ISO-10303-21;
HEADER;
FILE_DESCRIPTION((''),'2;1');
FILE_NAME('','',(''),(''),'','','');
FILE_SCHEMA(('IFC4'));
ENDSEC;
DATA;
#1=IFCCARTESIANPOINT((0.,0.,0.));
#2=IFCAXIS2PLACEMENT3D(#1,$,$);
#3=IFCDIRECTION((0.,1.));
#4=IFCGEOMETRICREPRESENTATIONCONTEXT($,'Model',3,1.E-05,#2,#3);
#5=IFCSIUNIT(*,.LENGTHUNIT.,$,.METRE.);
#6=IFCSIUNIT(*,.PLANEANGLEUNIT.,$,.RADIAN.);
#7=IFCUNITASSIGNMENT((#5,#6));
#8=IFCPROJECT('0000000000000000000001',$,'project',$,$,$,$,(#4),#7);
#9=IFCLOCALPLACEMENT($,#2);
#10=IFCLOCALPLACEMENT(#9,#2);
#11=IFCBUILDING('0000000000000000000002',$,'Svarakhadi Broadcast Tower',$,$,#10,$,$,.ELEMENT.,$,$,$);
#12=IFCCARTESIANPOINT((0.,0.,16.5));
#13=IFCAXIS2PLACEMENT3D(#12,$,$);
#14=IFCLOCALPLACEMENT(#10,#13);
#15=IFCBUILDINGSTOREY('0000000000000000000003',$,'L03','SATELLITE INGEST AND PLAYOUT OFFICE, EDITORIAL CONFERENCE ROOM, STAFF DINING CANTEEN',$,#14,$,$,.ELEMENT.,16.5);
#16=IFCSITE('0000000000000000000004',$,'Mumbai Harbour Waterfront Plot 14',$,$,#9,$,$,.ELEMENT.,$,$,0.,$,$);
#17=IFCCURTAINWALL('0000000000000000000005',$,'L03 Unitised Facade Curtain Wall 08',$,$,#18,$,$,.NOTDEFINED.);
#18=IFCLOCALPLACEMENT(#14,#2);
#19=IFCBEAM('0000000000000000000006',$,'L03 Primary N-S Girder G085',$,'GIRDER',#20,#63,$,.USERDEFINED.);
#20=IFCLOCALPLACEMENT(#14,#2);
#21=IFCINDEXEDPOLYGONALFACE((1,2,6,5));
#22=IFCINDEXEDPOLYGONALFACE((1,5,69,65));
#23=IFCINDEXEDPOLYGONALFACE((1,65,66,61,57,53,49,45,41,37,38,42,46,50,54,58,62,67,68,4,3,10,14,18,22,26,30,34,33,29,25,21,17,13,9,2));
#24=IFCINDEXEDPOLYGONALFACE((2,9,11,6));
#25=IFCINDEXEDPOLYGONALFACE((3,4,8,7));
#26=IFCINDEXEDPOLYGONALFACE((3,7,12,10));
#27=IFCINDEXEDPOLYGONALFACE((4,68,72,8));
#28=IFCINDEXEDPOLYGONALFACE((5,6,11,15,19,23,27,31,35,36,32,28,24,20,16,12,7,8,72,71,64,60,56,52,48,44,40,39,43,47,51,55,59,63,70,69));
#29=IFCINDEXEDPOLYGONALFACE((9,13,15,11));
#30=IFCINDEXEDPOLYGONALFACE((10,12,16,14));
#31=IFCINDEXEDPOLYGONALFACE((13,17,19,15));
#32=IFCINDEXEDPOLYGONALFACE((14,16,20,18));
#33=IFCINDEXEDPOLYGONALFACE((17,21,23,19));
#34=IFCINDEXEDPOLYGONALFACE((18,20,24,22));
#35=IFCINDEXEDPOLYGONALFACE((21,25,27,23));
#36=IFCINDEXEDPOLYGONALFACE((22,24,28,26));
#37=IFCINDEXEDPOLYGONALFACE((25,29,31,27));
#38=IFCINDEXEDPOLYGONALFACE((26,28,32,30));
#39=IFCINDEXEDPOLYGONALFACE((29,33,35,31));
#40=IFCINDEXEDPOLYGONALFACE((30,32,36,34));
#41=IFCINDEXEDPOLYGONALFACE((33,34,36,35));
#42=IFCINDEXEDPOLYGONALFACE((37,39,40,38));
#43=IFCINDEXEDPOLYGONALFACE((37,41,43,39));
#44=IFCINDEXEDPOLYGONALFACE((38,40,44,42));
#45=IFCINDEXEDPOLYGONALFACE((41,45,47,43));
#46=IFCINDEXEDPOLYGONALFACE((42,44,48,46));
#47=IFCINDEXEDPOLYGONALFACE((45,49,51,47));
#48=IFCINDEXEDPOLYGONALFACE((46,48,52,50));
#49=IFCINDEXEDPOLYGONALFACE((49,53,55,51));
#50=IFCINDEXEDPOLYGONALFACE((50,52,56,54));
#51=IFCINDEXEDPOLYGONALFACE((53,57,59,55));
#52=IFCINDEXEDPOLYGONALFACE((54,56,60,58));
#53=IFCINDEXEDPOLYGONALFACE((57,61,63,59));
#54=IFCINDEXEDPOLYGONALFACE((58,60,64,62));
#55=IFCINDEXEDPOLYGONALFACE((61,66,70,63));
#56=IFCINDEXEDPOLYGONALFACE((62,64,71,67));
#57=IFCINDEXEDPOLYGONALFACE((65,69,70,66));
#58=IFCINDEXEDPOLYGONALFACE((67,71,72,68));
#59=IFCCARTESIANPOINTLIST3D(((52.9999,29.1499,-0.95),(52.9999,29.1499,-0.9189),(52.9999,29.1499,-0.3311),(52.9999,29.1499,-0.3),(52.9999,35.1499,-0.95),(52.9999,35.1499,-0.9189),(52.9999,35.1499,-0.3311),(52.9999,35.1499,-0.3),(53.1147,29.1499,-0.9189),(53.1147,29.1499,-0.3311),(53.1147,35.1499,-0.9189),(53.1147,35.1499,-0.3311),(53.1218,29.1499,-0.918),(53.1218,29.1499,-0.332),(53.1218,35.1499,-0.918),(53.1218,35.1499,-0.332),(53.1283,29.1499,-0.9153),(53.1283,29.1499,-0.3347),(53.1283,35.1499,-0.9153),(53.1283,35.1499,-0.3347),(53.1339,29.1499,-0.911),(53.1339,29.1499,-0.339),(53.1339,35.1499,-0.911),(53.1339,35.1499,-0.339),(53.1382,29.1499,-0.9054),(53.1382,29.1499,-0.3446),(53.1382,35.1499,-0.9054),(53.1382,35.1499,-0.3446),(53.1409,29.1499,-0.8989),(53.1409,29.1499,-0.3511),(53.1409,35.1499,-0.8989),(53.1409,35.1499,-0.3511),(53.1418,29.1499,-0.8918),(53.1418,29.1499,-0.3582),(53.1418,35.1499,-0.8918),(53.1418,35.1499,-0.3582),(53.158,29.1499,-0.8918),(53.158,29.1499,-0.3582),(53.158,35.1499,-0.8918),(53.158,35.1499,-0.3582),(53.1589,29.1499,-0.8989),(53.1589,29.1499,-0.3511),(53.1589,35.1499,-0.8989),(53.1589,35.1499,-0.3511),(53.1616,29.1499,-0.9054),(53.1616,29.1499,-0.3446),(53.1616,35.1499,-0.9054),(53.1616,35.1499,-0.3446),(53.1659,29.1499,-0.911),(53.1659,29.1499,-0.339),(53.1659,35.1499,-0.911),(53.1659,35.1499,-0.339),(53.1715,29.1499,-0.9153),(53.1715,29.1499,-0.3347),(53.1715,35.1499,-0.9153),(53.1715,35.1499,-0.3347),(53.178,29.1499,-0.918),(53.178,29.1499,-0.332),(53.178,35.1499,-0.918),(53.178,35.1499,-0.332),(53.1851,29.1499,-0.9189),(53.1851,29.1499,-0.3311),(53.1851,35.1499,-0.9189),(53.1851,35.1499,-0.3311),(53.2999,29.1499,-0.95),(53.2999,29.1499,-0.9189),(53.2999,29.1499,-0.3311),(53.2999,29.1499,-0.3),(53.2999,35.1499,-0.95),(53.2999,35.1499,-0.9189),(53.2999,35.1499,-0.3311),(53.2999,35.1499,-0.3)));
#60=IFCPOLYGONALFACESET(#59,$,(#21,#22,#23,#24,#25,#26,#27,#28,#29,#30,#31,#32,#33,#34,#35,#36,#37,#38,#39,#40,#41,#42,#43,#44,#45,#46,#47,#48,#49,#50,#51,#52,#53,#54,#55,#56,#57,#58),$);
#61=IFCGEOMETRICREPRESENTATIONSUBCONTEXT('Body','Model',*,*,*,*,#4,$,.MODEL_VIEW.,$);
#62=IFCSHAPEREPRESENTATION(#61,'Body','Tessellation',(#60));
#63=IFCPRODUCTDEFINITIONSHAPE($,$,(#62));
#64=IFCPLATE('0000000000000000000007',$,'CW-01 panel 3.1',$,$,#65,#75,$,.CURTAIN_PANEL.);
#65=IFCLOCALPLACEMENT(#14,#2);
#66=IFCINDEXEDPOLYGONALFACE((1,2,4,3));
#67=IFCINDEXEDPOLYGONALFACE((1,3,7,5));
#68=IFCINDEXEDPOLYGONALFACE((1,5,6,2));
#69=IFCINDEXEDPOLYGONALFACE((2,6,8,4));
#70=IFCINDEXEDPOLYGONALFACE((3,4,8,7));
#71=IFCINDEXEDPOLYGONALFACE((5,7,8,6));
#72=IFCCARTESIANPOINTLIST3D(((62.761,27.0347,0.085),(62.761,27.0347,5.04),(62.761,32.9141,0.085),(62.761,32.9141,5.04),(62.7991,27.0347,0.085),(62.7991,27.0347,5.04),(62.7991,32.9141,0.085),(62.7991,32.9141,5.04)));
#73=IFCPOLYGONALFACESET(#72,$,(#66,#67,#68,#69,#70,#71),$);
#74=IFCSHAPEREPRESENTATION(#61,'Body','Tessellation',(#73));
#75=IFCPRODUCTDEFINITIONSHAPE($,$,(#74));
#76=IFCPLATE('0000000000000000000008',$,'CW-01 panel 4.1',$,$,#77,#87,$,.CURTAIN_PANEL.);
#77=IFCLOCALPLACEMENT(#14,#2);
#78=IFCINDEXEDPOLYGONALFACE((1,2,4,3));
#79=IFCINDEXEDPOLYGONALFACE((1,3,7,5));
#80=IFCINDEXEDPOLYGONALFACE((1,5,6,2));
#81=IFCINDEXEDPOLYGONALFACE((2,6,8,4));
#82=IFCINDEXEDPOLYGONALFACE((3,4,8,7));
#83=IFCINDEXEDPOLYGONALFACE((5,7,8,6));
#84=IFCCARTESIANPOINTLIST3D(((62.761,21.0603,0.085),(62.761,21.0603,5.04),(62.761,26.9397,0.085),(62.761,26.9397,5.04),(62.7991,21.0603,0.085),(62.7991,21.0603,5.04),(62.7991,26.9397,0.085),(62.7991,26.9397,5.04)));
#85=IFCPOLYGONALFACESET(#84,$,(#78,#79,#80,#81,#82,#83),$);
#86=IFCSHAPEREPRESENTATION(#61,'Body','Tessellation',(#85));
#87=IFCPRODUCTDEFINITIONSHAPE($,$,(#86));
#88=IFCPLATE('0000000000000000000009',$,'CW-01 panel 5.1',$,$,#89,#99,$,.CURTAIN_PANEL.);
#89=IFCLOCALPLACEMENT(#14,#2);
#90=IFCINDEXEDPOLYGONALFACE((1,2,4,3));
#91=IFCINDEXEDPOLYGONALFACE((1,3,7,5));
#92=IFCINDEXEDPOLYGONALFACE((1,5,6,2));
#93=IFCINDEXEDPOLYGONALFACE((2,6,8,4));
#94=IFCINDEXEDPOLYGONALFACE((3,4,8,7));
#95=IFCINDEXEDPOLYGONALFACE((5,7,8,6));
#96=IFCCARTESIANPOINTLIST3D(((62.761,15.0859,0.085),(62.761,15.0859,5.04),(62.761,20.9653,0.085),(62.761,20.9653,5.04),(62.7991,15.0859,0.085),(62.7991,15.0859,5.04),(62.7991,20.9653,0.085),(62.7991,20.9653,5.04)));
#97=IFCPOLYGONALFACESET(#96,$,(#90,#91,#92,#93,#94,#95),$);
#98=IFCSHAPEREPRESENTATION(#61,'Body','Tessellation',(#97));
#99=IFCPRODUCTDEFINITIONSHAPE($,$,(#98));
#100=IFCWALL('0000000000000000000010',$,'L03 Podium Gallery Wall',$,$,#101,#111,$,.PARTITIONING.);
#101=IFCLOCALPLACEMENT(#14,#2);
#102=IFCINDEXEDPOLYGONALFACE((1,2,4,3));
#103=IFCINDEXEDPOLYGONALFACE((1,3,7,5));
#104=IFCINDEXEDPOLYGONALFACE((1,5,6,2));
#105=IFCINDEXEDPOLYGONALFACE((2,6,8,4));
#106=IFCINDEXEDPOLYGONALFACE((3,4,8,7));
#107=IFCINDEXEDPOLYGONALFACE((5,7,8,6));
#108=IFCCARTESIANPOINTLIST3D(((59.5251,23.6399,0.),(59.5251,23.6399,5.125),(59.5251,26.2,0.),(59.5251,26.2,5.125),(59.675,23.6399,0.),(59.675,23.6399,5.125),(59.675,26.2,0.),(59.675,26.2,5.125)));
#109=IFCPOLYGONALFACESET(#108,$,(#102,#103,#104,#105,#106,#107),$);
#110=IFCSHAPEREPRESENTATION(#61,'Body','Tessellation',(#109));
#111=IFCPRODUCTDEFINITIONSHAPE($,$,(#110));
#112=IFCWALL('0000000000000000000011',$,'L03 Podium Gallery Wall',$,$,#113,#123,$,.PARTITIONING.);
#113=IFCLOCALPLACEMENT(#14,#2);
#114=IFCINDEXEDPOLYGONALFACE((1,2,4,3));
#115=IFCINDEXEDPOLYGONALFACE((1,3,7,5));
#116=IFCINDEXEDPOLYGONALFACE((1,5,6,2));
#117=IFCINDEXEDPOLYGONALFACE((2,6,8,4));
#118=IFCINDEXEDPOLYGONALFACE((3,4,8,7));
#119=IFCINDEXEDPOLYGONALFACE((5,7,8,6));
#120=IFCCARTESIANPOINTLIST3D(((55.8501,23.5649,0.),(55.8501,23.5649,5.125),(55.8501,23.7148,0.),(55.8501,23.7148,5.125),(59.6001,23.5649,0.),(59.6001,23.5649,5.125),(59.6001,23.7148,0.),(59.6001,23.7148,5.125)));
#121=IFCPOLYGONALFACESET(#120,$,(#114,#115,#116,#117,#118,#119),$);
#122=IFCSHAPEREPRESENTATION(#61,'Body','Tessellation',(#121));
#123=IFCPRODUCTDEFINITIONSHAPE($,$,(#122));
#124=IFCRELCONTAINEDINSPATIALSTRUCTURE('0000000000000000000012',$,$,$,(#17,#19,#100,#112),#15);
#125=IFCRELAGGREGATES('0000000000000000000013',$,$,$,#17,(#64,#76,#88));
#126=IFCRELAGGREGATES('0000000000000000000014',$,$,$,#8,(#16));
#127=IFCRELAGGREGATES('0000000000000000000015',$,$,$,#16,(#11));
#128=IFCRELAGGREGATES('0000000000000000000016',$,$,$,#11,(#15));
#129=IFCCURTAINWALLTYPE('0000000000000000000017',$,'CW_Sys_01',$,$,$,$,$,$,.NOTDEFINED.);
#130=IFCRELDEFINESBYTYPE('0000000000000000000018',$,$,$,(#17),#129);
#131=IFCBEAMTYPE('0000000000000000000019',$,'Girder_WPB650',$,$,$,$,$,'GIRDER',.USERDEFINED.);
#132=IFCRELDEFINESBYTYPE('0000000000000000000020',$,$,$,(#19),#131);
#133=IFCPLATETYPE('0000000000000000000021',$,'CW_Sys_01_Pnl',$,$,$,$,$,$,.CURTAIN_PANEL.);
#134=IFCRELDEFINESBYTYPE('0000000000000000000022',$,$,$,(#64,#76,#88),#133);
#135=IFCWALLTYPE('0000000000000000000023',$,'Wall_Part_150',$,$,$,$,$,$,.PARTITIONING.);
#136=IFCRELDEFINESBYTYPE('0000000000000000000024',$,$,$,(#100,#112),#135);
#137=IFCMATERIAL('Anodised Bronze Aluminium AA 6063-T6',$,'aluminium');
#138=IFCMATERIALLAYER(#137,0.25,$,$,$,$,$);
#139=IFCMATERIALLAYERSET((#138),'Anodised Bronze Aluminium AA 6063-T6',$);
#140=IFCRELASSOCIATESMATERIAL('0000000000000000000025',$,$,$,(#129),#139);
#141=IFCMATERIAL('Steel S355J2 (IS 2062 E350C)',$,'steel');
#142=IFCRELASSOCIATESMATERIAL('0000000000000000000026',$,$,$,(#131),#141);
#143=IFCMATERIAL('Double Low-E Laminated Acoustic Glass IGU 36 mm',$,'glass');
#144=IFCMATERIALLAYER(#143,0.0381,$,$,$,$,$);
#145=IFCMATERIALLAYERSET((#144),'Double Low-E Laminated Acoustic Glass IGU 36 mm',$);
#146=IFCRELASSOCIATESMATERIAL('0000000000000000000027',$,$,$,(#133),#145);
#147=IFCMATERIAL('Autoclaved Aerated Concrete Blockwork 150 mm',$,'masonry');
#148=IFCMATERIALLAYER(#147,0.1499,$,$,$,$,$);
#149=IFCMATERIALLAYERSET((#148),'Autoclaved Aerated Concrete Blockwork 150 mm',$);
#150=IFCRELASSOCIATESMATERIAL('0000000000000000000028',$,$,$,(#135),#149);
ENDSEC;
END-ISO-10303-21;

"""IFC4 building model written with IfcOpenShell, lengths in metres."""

from ifc_helpers import new_model, si_unit, direction, frame, frame_2d, origin, origin_2d, place, context, subcontext, project, spatial, rectangle, i_section, extrude, material, layer, layer_set, material_profile, profile_set, type_object, element, aggregate, save


model = new_model("IFC4")

# Units and contexts
model_context = context("Model", 3, precision=1e-05, world=origin(), true_north=direction((0.0, 1.0)))
body_context = subcontext(model_context, "Body", "Model", "MODEL_VIEW")
ifc_project = project(units=[si_unit("LENGTHUNIT", "METRE"), si_unit("PLANEANGLEUNIT", "RADIAN")], contexts=[model_context])

# Site, building, storey
site_placement = place(None, origin())
site = spatial("IfcSite", under=ifc_project, at=site_placement, Name="Mumbai Harbour Waterfront Plot 14", CompositionType="ELEMENT", RefElevation=0.0)
building_placement = place(site_placement, origin())
building = spatial("IfcBuilding", under=site, at=building_placement, Name="Svarakhadi Broadcast Tower", CompositionType="ELEMENT")
storey_placement = place(building_placement, frame((0.0, 0.0, 16.5)))
storey = spatial("IfcBuildingStorey", under=building, at=storey_placement, Name="L03", Description="SATELLITE INGEST AND PLAYOUT OFFICE, EDITORIAL CONFERENCE ROOM, STAFF DINING CANTEEN", CompositionType="ELEMENT", Elevation=16.5)

# Shared definitions
ifc_material_1 = material(Name="Steel S355J2 (IS 2062 E350C)", Category="steel")

# Curtain wall
ifc_material_2 = material(Name="Anodised Bronze Aluminium AA 6063-T6", Category="aluminium")
ifc_layer_1 = layer(ifc_material_2, 0.25)
ifc_layer_set_1 = layer_set([ifc_layer_1], Name="Anodised Bronze Aluminium AA 6063-T6")
curtain_wall_type = type_object("IfcCurtainWallType", Name="CW_Sys_01", PredefinedType="NOTDEFINED", material=ifc_layer_set_1)
curtain_wall_placement = place(storey_placement, origin())
curtain_wall = element("IfcCurtainWall", 1, at=curtain_wall_placement, inside=storey, type_object=curtain_wall_type, Name="L03 Unitised Facade Curtain Wall 08", PredefinedType="NOTDEFINED")

# Beam
ifc_material_profile_1 = material_profile(ifc_material_1, i_section(OverallWidth=0.3, OverallDepth=0.6499, WebThickness=0.0161, FlangeThickness=0.031, FilletRadius=0.0271, at=origin_2d()), Name="WPB 650x300x225")
ifc_profile_set_1 = profile_set([ifc_material_profile_1], Name="Steel S355J2 (IS 2062 E350C)")
beam_type_1 = type_object("IfcBeamType", Name="Girder_WPB650", ElementType="GIRDER", PredefinedType="USERDEFINED", material=ifc_profile_set_1)
for number, where, z_axis, x_axis, name in (
    (2, (53.1499, 29.1499, -0.625), (0.0, 1.0, 0.0), (-1.0, 0.0, 0.0), "L03 Primary N-S Girder G085"),
):
    element("IfcBeam", number, at=place(storey_placement, frame(where, z_axis=z_axis, x_axis=x_axis)), inside=storey, type_object=beam_type_1, Name=name, ObjectType="GIRDER", PredefinedType="USERDEFINED", context=body_context, shape_type="SweptSolid", body=[
        extrude(i_section(OverallWidth=0.3, OverallDepth=0.6499, WebThickness=0.0161, FlangeThickness=0.031, FilletRadius=0.0271, at=origin_2d()), origin(), (0.0, 0.0, 1.0), 6.0),
    ])

# Plates
ifc_material_3 = material(Name="Double Low-E Laminated Acoustic Glass IGU 36 mm", Category="glass")
ifc_layer_2 = layer(ifc_material_3, 0.0381)
ifc_layer_set_2 = layer_set([ifc_layer_2], Name="Double Low-E Laminated Acoustic Glass IGU 36 mm")
plate_type = type_object("IfcPlateType", Name="CW_Sys_01_Pnl", PredefinedType="CURTAIN_PANEL", material=ifc_layer_set_2)
plate_1_placement = place(storey_placement, frame((62.78, 29.9744, 0.085), z_axis=(0.0, 0.0, 1.0), x_axis=(0.0, -1.0, 0.0)))
plate_1 = element("IfcPlate", 3, at=plate_1_placement, type_object=plate_type, Name="CW-01 panel 3.1", PredefinedType="CURTAIN_PANEL", context=body_context, shape_type="SweptSolid", body=[
    extrude(rectangle(XDim=5.8794, YDim=0.0381, at=origin_2d()), origin(), (0.0, 0.0, 1.0), 4.9551),
])
plate_2_placement = place(storey_placement, frame((62.78, 24.0, 0.085), z_axis=(0.0, 0.0, 1.0), x_axis=(0.0, -1.0, 0.0)))
plate_2 = element("IfcPlate", 4, at=plate_2_placement, type_object=plate_type, Name="CW-01 panel 4.1", PredefinedType="CURTAIN_PANEL", context=body_context, shape_type="SweptSolid", body=[
    extrude(rectangle(XDim=5.8794, YDim=0.0381, at=origin_2d()), origin(), (0.0, 0.0, 1.0), 4.9551),
])
plate_3_placement = place(storey_placement, frame((62.78, 18.0256, 0.085), z_axis=(0.0, 0.0, 1.0), x_axis=(0.0, -1.0, 0.0)))
plate_3 = element("IfcPlate", 5, at=plate_3_placement, type_object=plate_type, Name="CW-01 panel 5.1", PredefinedType="CURTAIN_PANEL", context=body_context, shape_type="SweptSolid", body=[
    extrude(rectangle(XDim=5.8794, YDim=0.0381, at=origin_2d()), origin(), (0.0, 0.0, 1.0), 4.9551),
])
aggregate(curtain_wall, [plate_1, plate_2, plate_3])

# Walls
ifc_material_4 = material(Name="Autoclaved Aerated Concrete Blockwork 150 mm", Category="masonry")
ifc_layer_3 = layer(ifc_material_4, 0.1499)
ifc_layer_set_3 = layer_set([ifc_layer_3], Name="Autoclaved Aerated Concrete Blockwork 150 mm")
wall_type_1 = type_object("IfcWallType", Name="Wall_Part_150", PredefinedType="PARTITIONING", material=ifc_layer_set_3)
wall_1_placement = place(storey_placement, frame((59.6001, 26.2, 0.0), z_axis=(0.0, 0.0, 1.0), x_axis=(0.0, -1.0, 0.0)))
element("IfcWall", 6, at=wall_1_placement, inside=storey, type_object=wall_type_1, Name="L03 Podium Gallery Wall", PredefinedType="PARTITIONING", context=body_context, shape_type="SweptSolid", body=[
    extrude(rectangle(XDim=2.5601, YDim=0.1499, at=frame_2d((1.28, 0.0))), origin(), (0.0, 0.0, 1.0), 5.125),
])
wall_2_placement = place(storey_placement, frame((59.6001, 23.6399, 0.0), z_axis=(0.0, 0.0, 1.0), x_axis=(-1.0, 0.0, 0.0)))
element("IfcWall", 7, at=wall_2_placement, inside=storey, type_object=wall_type_1, Name="L03 Podium Gallery Wall", PredefinedType="PARTITIONING", context=body_context, shape_type="SweptSolid", body=[
    extrude(rectangle(XDim=3.75, YDim=0.1499, at=frame_2d((1.875, 0.0))), origin(), (0.0, 0.0, 1.0), 5.125),
])

save(model, "model.ifc")
